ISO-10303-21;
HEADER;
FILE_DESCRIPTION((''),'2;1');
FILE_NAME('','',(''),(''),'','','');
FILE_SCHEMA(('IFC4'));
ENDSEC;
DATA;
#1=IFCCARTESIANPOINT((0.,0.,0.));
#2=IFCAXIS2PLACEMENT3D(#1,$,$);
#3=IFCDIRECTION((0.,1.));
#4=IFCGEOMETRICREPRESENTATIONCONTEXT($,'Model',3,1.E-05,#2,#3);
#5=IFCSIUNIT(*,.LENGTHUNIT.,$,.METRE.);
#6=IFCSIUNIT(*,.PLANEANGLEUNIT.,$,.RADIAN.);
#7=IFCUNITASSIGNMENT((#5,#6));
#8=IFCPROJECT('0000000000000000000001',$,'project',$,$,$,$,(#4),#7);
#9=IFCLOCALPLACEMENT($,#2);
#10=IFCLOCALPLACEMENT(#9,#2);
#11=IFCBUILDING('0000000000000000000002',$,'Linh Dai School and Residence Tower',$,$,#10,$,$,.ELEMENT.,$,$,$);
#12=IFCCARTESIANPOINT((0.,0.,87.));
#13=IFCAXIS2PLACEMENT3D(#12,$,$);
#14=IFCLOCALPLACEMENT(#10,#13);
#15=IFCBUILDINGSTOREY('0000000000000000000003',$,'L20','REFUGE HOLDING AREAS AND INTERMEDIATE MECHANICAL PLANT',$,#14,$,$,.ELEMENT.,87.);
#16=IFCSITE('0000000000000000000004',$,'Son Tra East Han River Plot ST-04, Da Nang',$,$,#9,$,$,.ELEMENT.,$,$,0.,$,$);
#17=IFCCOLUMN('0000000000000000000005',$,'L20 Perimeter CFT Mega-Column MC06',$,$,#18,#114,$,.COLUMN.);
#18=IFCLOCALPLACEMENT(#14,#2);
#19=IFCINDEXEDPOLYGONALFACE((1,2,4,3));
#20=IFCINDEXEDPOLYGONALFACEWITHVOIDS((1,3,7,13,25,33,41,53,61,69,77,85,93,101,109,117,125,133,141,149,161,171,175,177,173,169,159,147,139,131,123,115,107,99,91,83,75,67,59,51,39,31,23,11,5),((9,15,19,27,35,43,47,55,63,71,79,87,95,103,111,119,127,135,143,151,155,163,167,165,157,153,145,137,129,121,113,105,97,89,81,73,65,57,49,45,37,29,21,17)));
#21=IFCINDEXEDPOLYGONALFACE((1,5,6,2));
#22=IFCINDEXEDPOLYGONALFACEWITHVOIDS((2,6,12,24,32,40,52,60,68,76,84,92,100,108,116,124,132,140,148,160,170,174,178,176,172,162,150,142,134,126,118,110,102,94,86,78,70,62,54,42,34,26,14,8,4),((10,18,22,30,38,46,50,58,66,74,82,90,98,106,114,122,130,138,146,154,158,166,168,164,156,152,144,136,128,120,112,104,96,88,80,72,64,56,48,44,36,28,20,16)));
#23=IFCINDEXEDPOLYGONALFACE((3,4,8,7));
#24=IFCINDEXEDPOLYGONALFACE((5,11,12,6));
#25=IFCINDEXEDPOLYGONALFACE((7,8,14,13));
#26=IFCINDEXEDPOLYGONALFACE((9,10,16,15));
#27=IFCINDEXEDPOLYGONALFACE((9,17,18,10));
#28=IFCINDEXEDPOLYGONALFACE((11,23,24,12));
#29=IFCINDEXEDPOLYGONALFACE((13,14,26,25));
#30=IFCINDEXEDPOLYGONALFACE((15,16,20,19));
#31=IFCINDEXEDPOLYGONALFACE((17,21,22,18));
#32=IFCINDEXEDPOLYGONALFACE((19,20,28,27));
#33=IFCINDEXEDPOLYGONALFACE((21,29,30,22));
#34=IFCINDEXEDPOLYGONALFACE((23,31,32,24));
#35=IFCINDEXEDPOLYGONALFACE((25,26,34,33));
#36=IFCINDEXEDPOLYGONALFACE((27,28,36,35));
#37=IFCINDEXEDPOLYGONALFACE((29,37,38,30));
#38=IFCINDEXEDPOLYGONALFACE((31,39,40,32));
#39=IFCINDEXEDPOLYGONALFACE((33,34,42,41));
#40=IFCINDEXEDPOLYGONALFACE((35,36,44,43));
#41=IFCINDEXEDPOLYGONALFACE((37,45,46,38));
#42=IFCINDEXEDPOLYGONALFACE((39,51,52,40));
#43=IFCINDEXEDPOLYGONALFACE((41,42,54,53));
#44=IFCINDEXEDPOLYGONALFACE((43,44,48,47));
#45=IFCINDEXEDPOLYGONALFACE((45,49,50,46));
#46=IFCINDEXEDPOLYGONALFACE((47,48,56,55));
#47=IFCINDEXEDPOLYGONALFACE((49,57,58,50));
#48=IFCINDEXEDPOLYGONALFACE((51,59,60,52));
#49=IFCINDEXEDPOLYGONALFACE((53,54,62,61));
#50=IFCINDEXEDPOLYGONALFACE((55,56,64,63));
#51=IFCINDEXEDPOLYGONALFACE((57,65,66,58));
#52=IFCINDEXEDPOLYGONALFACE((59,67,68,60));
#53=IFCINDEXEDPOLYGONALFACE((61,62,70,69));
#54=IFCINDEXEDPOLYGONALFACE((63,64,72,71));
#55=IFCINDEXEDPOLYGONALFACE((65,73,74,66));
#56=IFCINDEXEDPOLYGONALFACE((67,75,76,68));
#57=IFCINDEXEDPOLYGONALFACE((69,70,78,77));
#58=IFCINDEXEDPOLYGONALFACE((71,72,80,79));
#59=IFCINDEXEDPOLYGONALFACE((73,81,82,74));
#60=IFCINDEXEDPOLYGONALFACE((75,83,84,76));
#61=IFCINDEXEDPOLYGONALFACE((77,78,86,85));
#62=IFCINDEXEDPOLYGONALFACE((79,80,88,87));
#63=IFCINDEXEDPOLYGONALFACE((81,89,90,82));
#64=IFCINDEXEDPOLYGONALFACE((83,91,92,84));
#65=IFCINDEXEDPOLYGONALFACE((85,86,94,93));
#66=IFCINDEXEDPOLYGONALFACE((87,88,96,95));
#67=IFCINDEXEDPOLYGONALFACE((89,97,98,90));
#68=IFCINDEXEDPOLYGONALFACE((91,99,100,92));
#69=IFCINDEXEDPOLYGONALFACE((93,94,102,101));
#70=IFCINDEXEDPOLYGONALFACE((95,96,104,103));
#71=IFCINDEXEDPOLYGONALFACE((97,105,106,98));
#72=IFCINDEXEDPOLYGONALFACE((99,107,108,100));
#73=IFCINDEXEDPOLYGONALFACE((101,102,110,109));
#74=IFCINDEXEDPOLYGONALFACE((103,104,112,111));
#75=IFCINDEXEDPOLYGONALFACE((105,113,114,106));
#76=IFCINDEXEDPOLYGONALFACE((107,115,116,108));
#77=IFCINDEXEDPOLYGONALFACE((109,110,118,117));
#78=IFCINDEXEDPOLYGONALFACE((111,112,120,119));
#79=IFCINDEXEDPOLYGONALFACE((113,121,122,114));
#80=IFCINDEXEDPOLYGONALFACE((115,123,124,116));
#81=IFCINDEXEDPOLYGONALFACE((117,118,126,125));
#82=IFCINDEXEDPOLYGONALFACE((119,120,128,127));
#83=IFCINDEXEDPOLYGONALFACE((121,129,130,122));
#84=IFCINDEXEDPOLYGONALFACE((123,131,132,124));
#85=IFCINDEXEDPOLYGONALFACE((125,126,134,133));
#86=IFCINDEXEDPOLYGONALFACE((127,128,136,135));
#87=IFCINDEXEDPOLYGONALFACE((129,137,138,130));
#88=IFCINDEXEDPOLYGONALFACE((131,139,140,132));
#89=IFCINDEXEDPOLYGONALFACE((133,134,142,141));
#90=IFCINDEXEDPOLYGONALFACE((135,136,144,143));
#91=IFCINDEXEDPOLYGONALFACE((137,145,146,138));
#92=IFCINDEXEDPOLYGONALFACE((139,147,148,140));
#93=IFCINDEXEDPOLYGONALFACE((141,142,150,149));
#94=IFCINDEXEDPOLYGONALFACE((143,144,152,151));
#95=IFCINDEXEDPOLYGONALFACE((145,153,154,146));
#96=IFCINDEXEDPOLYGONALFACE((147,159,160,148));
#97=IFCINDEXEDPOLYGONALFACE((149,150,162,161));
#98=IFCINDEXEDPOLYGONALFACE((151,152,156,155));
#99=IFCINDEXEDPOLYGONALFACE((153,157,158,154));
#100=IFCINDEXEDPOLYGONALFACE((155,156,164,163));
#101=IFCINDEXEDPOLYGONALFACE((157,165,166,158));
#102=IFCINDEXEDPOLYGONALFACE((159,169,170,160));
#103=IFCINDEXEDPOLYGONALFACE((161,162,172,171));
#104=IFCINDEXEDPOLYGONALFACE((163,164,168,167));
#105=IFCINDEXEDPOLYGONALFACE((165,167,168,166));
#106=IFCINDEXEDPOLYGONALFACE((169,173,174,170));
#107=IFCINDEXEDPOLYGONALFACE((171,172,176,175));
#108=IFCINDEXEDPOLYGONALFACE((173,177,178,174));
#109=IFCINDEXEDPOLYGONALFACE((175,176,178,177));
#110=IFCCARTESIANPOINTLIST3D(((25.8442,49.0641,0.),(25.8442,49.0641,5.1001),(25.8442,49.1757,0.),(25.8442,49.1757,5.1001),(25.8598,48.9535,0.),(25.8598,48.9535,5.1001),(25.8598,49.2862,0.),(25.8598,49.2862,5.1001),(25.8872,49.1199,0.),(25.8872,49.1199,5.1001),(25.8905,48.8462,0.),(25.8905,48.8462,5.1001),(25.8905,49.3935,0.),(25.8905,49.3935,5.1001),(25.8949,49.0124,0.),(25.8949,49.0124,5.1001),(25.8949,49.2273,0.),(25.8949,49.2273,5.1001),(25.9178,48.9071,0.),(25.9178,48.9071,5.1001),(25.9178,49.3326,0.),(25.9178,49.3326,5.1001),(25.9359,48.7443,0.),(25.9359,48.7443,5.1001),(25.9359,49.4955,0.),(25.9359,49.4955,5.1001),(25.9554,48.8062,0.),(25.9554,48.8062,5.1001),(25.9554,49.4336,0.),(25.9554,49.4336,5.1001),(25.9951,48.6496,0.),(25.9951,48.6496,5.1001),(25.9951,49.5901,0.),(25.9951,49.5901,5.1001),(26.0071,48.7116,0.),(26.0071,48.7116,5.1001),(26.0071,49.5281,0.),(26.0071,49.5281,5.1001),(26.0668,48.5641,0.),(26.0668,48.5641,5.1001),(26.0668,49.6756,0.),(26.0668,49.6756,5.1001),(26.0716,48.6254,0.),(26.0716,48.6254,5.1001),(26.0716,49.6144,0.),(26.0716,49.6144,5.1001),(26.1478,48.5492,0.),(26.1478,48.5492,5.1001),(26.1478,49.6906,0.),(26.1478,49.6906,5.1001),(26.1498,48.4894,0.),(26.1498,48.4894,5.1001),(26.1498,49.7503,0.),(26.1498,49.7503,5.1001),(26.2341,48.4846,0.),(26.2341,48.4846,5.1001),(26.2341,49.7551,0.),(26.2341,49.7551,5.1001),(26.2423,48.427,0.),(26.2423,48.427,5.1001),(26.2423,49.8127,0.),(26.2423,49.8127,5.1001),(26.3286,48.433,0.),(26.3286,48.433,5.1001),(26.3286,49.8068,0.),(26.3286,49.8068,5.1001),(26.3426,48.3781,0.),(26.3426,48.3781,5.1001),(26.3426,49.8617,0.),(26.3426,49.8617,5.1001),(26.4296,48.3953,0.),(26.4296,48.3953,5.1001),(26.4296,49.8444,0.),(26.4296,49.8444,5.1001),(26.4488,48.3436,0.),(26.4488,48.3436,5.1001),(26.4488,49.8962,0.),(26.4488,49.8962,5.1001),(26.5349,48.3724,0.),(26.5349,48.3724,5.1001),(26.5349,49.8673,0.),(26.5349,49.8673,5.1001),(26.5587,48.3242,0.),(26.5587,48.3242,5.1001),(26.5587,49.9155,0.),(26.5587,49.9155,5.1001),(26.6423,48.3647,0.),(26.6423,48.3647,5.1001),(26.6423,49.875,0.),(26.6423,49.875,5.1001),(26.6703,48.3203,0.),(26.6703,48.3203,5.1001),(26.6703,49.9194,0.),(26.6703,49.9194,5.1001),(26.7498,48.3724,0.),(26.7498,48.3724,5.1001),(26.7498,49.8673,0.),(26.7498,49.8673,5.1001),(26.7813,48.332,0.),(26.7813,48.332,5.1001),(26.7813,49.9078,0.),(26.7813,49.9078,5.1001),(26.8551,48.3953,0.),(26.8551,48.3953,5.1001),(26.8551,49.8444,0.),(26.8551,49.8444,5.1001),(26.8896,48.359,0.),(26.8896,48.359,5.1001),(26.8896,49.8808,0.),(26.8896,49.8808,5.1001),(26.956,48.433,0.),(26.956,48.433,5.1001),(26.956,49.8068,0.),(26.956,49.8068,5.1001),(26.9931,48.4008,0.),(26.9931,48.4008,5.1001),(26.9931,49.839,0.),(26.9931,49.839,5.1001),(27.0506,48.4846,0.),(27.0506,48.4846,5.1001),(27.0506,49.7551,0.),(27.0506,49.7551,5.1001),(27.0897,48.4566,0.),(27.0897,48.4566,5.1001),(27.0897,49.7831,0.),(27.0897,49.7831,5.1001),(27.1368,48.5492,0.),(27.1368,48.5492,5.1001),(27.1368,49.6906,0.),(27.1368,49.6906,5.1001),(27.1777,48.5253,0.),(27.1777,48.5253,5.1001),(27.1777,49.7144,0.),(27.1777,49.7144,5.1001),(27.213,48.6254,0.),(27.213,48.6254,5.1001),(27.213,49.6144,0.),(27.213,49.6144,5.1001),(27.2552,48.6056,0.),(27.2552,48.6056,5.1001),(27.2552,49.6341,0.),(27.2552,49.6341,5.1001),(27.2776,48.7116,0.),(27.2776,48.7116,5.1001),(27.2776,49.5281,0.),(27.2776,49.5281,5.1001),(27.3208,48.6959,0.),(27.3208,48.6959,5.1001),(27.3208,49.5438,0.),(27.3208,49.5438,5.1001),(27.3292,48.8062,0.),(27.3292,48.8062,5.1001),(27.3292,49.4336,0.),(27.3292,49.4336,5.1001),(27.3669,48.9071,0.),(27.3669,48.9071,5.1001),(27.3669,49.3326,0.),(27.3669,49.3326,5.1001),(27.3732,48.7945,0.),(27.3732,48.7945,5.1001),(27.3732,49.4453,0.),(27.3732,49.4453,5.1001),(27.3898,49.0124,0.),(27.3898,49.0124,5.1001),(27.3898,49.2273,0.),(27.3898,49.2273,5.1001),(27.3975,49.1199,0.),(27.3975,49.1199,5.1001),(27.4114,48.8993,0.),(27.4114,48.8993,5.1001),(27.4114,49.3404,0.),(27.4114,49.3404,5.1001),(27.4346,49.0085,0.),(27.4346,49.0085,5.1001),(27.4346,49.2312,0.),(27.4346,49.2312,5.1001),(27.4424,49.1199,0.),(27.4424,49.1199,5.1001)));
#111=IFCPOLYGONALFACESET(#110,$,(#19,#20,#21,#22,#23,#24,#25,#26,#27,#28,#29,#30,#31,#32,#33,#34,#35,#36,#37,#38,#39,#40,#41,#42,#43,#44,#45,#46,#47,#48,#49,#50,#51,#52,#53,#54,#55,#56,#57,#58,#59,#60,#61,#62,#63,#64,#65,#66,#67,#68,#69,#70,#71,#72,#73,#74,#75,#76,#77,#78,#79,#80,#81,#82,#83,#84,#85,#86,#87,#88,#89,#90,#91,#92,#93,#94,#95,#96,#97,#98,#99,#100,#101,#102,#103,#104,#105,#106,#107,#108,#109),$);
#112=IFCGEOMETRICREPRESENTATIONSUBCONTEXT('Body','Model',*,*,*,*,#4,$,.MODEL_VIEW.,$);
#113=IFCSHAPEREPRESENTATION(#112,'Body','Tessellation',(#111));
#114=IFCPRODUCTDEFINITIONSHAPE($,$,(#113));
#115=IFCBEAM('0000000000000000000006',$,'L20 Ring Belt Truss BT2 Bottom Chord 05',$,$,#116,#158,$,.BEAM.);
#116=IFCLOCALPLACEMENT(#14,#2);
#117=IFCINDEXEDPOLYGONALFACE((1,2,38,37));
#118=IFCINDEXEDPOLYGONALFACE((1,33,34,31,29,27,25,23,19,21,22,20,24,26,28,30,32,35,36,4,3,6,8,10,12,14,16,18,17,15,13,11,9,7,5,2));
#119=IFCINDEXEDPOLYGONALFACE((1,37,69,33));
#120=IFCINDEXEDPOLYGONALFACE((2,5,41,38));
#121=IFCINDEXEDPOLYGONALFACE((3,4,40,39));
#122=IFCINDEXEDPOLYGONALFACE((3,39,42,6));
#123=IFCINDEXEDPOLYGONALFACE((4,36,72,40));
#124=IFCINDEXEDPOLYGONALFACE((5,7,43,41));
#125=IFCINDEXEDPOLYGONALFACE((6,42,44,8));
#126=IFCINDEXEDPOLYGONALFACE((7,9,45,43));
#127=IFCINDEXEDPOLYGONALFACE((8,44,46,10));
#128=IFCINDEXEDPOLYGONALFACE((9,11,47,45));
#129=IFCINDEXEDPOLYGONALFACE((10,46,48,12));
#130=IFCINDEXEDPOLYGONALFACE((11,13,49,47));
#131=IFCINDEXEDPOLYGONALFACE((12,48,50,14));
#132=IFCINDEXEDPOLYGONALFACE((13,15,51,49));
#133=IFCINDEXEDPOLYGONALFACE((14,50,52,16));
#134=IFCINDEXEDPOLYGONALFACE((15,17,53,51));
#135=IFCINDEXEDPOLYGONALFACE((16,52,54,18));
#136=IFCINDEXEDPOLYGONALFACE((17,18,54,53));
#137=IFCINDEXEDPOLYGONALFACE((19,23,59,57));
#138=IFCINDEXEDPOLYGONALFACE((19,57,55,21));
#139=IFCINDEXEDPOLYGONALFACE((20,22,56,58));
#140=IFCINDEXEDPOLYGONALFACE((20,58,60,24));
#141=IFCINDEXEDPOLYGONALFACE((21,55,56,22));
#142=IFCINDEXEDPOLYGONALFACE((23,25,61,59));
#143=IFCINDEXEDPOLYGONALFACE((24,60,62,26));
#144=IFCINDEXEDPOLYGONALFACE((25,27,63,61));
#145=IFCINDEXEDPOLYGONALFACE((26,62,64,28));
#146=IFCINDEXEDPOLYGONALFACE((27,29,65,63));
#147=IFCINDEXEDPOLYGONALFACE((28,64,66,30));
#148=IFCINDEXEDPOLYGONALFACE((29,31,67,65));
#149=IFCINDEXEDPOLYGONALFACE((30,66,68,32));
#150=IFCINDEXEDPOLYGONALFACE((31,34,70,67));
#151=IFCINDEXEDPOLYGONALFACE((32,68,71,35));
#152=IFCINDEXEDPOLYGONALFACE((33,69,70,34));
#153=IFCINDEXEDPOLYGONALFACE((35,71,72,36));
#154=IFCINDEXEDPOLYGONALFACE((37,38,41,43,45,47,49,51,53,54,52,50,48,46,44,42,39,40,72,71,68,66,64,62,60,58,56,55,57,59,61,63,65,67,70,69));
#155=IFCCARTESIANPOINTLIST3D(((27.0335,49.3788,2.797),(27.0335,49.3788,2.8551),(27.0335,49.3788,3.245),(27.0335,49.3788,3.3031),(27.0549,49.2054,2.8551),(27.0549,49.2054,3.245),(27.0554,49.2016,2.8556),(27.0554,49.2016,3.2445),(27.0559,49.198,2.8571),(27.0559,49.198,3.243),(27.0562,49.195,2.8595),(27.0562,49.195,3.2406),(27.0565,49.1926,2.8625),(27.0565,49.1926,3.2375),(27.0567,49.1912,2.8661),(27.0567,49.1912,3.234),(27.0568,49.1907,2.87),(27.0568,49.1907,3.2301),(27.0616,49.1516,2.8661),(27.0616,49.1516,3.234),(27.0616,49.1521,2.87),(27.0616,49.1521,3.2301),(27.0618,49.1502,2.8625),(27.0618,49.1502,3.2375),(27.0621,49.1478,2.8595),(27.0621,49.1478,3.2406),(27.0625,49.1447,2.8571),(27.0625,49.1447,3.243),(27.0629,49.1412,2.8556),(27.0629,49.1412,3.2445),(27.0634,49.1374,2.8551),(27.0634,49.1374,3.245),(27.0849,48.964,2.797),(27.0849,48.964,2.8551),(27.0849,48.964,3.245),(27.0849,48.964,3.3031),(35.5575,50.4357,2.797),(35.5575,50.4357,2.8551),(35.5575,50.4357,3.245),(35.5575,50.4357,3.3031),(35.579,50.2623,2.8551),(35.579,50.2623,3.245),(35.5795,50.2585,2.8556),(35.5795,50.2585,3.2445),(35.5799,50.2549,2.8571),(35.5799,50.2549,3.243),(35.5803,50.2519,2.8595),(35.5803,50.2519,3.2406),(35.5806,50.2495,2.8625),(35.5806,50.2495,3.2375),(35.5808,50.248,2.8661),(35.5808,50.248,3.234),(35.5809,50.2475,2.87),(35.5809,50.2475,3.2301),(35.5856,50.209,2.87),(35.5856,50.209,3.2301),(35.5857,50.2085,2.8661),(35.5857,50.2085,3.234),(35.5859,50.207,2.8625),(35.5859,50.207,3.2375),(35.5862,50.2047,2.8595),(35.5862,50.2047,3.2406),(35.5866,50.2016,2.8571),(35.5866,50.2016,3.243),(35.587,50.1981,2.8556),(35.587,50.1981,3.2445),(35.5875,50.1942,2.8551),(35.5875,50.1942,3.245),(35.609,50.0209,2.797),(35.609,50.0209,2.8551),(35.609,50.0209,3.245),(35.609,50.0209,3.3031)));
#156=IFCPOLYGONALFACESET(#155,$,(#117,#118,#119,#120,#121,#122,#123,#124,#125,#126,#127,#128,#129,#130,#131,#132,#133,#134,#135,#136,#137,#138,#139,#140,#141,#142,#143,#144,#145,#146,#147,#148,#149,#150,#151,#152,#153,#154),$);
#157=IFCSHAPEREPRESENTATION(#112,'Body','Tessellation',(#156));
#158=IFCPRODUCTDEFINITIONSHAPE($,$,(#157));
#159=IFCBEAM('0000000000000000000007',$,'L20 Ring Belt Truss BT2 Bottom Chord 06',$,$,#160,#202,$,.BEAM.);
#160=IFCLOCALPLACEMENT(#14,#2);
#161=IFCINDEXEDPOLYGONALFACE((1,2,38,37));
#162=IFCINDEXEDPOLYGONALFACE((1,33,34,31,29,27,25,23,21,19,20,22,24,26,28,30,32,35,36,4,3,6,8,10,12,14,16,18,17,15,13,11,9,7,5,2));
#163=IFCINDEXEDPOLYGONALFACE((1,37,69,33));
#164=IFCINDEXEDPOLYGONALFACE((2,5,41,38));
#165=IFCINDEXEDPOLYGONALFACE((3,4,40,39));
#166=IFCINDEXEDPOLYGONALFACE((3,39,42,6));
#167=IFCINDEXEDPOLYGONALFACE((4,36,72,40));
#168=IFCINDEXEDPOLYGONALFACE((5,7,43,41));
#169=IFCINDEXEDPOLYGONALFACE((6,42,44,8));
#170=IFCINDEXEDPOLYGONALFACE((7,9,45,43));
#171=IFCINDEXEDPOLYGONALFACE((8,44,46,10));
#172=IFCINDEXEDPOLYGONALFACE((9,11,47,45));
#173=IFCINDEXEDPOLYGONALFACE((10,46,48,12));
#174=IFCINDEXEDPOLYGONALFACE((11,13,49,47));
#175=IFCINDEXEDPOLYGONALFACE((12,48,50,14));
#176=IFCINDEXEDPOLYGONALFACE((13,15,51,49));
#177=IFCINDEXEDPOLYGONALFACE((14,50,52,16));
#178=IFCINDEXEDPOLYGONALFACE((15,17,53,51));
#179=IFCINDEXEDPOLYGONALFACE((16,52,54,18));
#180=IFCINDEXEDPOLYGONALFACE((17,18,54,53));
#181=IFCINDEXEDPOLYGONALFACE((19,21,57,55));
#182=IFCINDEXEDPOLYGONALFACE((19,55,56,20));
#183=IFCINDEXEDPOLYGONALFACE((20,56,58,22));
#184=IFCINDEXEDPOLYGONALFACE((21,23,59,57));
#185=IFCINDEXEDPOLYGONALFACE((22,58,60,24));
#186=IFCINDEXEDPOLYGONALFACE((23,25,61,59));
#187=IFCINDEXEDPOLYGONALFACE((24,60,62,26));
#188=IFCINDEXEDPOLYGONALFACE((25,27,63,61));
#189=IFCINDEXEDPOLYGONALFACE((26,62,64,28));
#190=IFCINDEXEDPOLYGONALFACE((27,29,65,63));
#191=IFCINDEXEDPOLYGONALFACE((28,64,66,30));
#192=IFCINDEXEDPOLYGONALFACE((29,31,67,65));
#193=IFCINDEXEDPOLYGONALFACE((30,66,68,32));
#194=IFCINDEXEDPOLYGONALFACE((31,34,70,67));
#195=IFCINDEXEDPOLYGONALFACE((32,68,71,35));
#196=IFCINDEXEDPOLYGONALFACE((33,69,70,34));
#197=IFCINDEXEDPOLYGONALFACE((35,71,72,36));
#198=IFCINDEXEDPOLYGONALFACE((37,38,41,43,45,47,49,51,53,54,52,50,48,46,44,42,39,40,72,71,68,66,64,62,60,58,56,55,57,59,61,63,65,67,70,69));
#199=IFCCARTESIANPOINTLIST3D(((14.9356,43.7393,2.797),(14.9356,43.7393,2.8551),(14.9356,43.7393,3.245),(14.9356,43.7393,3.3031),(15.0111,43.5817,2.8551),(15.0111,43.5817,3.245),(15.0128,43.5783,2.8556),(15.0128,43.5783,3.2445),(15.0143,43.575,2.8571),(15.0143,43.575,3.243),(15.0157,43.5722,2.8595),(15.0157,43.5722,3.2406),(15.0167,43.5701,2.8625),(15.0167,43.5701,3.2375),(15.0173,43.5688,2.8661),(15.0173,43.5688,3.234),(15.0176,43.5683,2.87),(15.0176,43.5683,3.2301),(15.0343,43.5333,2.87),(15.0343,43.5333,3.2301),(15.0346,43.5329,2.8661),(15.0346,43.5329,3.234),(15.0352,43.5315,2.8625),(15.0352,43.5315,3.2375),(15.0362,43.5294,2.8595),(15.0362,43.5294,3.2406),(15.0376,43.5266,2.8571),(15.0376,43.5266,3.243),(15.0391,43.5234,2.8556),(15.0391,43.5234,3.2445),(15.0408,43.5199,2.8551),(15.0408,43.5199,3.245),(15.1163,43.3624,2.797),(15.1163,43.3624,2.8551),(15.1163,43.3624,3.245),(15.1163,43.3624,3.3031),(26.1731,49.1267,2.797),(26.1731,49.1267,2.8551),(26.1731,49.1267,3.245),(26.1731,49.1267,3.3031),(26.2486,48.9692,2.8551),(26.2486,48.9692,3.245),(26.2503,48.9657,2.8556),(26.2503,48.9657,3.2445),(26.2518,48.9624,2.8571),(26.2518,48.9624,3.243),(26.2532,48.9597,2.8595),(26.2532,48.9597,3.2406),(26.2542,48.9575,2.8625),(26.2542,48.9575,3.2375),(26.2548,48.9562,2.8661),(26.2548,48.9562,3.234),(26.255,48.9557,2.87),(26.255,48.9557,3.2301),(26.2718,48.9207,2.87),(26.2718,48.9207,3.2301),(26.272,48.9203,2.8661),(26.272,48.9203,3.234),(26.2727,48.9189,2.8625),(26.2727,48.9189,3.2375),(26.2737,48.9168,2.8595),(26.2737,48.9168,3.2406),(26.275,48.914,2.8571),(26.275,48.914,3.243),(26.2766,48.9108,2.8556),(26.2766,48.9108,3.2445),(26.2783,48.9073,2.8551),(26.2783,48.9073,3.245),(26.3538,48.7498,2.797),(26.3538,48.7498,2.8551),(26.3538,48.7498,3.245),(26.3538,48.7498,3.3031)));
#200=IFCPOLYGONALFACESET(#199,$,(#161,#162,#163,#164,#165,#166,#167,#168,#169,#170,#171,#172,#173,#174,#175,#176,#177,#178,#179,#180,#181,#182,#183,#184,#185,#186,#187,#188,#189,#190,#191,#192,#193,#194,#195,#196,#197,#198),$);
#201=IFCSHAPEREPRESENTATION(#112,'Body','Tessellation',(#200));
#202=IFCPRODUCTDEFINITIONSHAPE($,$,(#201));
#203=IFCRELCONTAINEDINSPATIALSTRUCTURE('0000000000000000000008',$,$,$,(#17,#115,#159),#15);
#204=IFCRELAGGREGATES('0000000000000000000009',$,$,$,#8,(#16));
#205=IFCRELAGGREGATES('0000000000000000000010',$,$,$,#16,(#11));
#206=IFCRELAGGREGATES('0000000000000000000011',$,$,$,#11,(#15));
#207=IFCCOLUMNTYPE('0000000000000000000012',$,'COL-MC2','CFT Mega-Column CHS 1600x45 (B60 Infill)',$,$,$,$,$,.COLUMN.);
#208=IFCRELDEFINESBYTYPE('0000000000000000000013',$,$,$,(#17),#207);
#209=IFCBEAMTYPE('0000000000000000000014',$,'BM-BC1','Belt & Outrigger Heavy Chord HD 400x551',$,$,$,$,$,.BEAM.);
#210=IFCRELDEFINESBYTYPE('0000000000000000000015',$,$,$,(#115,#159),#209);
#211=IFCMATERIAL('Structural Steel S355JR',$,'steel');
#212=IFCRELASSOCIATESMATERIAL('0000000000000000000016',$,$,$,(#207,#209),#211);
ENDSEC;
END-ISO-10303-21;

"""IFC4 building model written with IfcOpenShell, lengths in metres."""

from ifc_helpers import new_model, si_unit, direction, frame, origin, origin_2d, place, context, subcontext, project, spatial, hollow_circle, i_section, extrude, material, material_profile, profile_set, type_object, element, save


model = new_model("IFC4")

# Units and contexts
model_context = context("Model", 3, precision=1e-05, world=origin(), true_north=direction((0.0, 1.0)))
body_context = subcontext(model_context, "Body", "Model", "MODEL_VIEW")
ifc_project = project(units=[si_unit("LENGTHUNIT", "METRE"), si_unit("PLANEANGLEUNIT", "RADIAN")], contexts=[model_context])

# Site, building, storey
site_placement = place(None, origin())
site = spatial("IfcSite", under=ifc_project, at=site_placement, Name="Son Tra East Han River Plot ST-04, Da Nang", CompositionType="ELEMENT", RefElevation=0.0)
building_placement = place(site_placement, origin())
building = spatial("IfcBuilding", under=site, at=building_placement, Name="Linh Dai School and Residence Tower", CompositionType="ELEMENT")
storey_placement = place(building_placement, frame((0.0, 0.0, 87.0)))
storey = spatial("IfcBuildingStorey", under=building, at=storey_placement, Name="L20", Description="REFUGE HOLDING AREAS AND INTERMEDIATE MECHANICAL PLANT", CompositionType="ELEMENT", Elevation=87.0)

# Column
ifc_material_1 = material(Name="Structural Steel S355JR", Category="steel")
ifc_material_profile_1 = material_profile(ifc_material_1, hollow_circle(Radius=0.8, WallThickness=0.0449, at=origin_2d()), Name="CHS 1600x45")
ifc_profile_set_1 = profile_set([ifc_material_profile_1], Name="Structural Steel S355JR")
column_type = type_object("IfcColumnType", Name="COL-MC2", Description="CFT Mega-Column CHS 1600x45 (B60 Infill)", PredefinedType="COLUMN", material=ifc_profile_set_1)
column_placement = place(storey_placement, frame((26.6423, 49.1199, 0.0), z_axis=(0.0, 0.0, 1.0), x_axis=(1.0, 0.0, 0.0)))
element("IfcColumn", 1, at=column_placement, inside=storey, type_object=column_type, Name="L20 Perimeter CFT Mega-Column MC06", PredefinedType="COLUMN", context=body_context, shape_type="SweptSolid", body=[
    extrude(hollow_circle(Radius=0.8, WallThickness=0.0449, at=origin_2d()), origin(), (0.0, 0.0, 1.0), 5.1001),
])

# Beams
ifc_material_profile_2 = material_profile(ifc_material_1, i_section(OverallWidth=0.418, OverallDepth=0.5061, WebThickness=0.0388, FlangeThickness=0.0581, FilletRadius=0.0149, at=origin_2d()), Name="HD 400x551")
ifc_profile_set_2 = profile_set([ifc_material_profile_2], Name="Structural Steel S355JR")
beam_type_1 = type_object("IfcBeamType", Name="BM-BC1", Description="Belt & Outrigger Heavy Chord HD 400x551", PredefinedType="BEAM", material=ifc_profile_set_2)
beam_1_placement = place(storey_placement, frame((35.5833, 50.2283, 3.05), z_axis=(-0.992401, -0.123045, 0.0), x_axis=(0.123045, -0.992401, 0.0)))
element("IfcBeam", 2, at=beam_1_placement, inside=storey, type_object=beam_type_1, Name="L20 Ring Belt Truss BT2 Bottom Chord 05", PredefinedType="BEAM", context=body_context, shape_type="SweptSolid", body=[
    extrude(i_section(OverallWidth=0.418, OverallDepth=0.5061, WebThickness=0.0388, FlangeThickness=0.0581, FilletRadius=0.0149, at=origin_2d()), origin(), (0.0, 0.0, 1.0), 8.5894),
])
beam_2_placement = place(storey_placement, frame((26.2634, 48.9382, 3.05), z_axis=(-0.901729, -0.432302, 0.0), x_axis=(0.432302, -0.901729, 0.0)))
element("IfcBeam", 3, at=beam_2_placement, inside=storey, type_object=beam_type_1, Name="L20 Ring Belt Truss BT2 Bottom Chord 06", PredefinedType="BEAM", context=body_context, shape_type="SweptSolid", body=[
    extrude(i_section(OverallWidth=0.418, OverallDepth=0.5061, WebThickness=0.0388, FlangeThickness=0.0581, FilletRadius=0.0149, at=origin_2d()), origin(), (0.0, 0.0, 1.0), 12.4622),
])

save(model, "model.ifc")
